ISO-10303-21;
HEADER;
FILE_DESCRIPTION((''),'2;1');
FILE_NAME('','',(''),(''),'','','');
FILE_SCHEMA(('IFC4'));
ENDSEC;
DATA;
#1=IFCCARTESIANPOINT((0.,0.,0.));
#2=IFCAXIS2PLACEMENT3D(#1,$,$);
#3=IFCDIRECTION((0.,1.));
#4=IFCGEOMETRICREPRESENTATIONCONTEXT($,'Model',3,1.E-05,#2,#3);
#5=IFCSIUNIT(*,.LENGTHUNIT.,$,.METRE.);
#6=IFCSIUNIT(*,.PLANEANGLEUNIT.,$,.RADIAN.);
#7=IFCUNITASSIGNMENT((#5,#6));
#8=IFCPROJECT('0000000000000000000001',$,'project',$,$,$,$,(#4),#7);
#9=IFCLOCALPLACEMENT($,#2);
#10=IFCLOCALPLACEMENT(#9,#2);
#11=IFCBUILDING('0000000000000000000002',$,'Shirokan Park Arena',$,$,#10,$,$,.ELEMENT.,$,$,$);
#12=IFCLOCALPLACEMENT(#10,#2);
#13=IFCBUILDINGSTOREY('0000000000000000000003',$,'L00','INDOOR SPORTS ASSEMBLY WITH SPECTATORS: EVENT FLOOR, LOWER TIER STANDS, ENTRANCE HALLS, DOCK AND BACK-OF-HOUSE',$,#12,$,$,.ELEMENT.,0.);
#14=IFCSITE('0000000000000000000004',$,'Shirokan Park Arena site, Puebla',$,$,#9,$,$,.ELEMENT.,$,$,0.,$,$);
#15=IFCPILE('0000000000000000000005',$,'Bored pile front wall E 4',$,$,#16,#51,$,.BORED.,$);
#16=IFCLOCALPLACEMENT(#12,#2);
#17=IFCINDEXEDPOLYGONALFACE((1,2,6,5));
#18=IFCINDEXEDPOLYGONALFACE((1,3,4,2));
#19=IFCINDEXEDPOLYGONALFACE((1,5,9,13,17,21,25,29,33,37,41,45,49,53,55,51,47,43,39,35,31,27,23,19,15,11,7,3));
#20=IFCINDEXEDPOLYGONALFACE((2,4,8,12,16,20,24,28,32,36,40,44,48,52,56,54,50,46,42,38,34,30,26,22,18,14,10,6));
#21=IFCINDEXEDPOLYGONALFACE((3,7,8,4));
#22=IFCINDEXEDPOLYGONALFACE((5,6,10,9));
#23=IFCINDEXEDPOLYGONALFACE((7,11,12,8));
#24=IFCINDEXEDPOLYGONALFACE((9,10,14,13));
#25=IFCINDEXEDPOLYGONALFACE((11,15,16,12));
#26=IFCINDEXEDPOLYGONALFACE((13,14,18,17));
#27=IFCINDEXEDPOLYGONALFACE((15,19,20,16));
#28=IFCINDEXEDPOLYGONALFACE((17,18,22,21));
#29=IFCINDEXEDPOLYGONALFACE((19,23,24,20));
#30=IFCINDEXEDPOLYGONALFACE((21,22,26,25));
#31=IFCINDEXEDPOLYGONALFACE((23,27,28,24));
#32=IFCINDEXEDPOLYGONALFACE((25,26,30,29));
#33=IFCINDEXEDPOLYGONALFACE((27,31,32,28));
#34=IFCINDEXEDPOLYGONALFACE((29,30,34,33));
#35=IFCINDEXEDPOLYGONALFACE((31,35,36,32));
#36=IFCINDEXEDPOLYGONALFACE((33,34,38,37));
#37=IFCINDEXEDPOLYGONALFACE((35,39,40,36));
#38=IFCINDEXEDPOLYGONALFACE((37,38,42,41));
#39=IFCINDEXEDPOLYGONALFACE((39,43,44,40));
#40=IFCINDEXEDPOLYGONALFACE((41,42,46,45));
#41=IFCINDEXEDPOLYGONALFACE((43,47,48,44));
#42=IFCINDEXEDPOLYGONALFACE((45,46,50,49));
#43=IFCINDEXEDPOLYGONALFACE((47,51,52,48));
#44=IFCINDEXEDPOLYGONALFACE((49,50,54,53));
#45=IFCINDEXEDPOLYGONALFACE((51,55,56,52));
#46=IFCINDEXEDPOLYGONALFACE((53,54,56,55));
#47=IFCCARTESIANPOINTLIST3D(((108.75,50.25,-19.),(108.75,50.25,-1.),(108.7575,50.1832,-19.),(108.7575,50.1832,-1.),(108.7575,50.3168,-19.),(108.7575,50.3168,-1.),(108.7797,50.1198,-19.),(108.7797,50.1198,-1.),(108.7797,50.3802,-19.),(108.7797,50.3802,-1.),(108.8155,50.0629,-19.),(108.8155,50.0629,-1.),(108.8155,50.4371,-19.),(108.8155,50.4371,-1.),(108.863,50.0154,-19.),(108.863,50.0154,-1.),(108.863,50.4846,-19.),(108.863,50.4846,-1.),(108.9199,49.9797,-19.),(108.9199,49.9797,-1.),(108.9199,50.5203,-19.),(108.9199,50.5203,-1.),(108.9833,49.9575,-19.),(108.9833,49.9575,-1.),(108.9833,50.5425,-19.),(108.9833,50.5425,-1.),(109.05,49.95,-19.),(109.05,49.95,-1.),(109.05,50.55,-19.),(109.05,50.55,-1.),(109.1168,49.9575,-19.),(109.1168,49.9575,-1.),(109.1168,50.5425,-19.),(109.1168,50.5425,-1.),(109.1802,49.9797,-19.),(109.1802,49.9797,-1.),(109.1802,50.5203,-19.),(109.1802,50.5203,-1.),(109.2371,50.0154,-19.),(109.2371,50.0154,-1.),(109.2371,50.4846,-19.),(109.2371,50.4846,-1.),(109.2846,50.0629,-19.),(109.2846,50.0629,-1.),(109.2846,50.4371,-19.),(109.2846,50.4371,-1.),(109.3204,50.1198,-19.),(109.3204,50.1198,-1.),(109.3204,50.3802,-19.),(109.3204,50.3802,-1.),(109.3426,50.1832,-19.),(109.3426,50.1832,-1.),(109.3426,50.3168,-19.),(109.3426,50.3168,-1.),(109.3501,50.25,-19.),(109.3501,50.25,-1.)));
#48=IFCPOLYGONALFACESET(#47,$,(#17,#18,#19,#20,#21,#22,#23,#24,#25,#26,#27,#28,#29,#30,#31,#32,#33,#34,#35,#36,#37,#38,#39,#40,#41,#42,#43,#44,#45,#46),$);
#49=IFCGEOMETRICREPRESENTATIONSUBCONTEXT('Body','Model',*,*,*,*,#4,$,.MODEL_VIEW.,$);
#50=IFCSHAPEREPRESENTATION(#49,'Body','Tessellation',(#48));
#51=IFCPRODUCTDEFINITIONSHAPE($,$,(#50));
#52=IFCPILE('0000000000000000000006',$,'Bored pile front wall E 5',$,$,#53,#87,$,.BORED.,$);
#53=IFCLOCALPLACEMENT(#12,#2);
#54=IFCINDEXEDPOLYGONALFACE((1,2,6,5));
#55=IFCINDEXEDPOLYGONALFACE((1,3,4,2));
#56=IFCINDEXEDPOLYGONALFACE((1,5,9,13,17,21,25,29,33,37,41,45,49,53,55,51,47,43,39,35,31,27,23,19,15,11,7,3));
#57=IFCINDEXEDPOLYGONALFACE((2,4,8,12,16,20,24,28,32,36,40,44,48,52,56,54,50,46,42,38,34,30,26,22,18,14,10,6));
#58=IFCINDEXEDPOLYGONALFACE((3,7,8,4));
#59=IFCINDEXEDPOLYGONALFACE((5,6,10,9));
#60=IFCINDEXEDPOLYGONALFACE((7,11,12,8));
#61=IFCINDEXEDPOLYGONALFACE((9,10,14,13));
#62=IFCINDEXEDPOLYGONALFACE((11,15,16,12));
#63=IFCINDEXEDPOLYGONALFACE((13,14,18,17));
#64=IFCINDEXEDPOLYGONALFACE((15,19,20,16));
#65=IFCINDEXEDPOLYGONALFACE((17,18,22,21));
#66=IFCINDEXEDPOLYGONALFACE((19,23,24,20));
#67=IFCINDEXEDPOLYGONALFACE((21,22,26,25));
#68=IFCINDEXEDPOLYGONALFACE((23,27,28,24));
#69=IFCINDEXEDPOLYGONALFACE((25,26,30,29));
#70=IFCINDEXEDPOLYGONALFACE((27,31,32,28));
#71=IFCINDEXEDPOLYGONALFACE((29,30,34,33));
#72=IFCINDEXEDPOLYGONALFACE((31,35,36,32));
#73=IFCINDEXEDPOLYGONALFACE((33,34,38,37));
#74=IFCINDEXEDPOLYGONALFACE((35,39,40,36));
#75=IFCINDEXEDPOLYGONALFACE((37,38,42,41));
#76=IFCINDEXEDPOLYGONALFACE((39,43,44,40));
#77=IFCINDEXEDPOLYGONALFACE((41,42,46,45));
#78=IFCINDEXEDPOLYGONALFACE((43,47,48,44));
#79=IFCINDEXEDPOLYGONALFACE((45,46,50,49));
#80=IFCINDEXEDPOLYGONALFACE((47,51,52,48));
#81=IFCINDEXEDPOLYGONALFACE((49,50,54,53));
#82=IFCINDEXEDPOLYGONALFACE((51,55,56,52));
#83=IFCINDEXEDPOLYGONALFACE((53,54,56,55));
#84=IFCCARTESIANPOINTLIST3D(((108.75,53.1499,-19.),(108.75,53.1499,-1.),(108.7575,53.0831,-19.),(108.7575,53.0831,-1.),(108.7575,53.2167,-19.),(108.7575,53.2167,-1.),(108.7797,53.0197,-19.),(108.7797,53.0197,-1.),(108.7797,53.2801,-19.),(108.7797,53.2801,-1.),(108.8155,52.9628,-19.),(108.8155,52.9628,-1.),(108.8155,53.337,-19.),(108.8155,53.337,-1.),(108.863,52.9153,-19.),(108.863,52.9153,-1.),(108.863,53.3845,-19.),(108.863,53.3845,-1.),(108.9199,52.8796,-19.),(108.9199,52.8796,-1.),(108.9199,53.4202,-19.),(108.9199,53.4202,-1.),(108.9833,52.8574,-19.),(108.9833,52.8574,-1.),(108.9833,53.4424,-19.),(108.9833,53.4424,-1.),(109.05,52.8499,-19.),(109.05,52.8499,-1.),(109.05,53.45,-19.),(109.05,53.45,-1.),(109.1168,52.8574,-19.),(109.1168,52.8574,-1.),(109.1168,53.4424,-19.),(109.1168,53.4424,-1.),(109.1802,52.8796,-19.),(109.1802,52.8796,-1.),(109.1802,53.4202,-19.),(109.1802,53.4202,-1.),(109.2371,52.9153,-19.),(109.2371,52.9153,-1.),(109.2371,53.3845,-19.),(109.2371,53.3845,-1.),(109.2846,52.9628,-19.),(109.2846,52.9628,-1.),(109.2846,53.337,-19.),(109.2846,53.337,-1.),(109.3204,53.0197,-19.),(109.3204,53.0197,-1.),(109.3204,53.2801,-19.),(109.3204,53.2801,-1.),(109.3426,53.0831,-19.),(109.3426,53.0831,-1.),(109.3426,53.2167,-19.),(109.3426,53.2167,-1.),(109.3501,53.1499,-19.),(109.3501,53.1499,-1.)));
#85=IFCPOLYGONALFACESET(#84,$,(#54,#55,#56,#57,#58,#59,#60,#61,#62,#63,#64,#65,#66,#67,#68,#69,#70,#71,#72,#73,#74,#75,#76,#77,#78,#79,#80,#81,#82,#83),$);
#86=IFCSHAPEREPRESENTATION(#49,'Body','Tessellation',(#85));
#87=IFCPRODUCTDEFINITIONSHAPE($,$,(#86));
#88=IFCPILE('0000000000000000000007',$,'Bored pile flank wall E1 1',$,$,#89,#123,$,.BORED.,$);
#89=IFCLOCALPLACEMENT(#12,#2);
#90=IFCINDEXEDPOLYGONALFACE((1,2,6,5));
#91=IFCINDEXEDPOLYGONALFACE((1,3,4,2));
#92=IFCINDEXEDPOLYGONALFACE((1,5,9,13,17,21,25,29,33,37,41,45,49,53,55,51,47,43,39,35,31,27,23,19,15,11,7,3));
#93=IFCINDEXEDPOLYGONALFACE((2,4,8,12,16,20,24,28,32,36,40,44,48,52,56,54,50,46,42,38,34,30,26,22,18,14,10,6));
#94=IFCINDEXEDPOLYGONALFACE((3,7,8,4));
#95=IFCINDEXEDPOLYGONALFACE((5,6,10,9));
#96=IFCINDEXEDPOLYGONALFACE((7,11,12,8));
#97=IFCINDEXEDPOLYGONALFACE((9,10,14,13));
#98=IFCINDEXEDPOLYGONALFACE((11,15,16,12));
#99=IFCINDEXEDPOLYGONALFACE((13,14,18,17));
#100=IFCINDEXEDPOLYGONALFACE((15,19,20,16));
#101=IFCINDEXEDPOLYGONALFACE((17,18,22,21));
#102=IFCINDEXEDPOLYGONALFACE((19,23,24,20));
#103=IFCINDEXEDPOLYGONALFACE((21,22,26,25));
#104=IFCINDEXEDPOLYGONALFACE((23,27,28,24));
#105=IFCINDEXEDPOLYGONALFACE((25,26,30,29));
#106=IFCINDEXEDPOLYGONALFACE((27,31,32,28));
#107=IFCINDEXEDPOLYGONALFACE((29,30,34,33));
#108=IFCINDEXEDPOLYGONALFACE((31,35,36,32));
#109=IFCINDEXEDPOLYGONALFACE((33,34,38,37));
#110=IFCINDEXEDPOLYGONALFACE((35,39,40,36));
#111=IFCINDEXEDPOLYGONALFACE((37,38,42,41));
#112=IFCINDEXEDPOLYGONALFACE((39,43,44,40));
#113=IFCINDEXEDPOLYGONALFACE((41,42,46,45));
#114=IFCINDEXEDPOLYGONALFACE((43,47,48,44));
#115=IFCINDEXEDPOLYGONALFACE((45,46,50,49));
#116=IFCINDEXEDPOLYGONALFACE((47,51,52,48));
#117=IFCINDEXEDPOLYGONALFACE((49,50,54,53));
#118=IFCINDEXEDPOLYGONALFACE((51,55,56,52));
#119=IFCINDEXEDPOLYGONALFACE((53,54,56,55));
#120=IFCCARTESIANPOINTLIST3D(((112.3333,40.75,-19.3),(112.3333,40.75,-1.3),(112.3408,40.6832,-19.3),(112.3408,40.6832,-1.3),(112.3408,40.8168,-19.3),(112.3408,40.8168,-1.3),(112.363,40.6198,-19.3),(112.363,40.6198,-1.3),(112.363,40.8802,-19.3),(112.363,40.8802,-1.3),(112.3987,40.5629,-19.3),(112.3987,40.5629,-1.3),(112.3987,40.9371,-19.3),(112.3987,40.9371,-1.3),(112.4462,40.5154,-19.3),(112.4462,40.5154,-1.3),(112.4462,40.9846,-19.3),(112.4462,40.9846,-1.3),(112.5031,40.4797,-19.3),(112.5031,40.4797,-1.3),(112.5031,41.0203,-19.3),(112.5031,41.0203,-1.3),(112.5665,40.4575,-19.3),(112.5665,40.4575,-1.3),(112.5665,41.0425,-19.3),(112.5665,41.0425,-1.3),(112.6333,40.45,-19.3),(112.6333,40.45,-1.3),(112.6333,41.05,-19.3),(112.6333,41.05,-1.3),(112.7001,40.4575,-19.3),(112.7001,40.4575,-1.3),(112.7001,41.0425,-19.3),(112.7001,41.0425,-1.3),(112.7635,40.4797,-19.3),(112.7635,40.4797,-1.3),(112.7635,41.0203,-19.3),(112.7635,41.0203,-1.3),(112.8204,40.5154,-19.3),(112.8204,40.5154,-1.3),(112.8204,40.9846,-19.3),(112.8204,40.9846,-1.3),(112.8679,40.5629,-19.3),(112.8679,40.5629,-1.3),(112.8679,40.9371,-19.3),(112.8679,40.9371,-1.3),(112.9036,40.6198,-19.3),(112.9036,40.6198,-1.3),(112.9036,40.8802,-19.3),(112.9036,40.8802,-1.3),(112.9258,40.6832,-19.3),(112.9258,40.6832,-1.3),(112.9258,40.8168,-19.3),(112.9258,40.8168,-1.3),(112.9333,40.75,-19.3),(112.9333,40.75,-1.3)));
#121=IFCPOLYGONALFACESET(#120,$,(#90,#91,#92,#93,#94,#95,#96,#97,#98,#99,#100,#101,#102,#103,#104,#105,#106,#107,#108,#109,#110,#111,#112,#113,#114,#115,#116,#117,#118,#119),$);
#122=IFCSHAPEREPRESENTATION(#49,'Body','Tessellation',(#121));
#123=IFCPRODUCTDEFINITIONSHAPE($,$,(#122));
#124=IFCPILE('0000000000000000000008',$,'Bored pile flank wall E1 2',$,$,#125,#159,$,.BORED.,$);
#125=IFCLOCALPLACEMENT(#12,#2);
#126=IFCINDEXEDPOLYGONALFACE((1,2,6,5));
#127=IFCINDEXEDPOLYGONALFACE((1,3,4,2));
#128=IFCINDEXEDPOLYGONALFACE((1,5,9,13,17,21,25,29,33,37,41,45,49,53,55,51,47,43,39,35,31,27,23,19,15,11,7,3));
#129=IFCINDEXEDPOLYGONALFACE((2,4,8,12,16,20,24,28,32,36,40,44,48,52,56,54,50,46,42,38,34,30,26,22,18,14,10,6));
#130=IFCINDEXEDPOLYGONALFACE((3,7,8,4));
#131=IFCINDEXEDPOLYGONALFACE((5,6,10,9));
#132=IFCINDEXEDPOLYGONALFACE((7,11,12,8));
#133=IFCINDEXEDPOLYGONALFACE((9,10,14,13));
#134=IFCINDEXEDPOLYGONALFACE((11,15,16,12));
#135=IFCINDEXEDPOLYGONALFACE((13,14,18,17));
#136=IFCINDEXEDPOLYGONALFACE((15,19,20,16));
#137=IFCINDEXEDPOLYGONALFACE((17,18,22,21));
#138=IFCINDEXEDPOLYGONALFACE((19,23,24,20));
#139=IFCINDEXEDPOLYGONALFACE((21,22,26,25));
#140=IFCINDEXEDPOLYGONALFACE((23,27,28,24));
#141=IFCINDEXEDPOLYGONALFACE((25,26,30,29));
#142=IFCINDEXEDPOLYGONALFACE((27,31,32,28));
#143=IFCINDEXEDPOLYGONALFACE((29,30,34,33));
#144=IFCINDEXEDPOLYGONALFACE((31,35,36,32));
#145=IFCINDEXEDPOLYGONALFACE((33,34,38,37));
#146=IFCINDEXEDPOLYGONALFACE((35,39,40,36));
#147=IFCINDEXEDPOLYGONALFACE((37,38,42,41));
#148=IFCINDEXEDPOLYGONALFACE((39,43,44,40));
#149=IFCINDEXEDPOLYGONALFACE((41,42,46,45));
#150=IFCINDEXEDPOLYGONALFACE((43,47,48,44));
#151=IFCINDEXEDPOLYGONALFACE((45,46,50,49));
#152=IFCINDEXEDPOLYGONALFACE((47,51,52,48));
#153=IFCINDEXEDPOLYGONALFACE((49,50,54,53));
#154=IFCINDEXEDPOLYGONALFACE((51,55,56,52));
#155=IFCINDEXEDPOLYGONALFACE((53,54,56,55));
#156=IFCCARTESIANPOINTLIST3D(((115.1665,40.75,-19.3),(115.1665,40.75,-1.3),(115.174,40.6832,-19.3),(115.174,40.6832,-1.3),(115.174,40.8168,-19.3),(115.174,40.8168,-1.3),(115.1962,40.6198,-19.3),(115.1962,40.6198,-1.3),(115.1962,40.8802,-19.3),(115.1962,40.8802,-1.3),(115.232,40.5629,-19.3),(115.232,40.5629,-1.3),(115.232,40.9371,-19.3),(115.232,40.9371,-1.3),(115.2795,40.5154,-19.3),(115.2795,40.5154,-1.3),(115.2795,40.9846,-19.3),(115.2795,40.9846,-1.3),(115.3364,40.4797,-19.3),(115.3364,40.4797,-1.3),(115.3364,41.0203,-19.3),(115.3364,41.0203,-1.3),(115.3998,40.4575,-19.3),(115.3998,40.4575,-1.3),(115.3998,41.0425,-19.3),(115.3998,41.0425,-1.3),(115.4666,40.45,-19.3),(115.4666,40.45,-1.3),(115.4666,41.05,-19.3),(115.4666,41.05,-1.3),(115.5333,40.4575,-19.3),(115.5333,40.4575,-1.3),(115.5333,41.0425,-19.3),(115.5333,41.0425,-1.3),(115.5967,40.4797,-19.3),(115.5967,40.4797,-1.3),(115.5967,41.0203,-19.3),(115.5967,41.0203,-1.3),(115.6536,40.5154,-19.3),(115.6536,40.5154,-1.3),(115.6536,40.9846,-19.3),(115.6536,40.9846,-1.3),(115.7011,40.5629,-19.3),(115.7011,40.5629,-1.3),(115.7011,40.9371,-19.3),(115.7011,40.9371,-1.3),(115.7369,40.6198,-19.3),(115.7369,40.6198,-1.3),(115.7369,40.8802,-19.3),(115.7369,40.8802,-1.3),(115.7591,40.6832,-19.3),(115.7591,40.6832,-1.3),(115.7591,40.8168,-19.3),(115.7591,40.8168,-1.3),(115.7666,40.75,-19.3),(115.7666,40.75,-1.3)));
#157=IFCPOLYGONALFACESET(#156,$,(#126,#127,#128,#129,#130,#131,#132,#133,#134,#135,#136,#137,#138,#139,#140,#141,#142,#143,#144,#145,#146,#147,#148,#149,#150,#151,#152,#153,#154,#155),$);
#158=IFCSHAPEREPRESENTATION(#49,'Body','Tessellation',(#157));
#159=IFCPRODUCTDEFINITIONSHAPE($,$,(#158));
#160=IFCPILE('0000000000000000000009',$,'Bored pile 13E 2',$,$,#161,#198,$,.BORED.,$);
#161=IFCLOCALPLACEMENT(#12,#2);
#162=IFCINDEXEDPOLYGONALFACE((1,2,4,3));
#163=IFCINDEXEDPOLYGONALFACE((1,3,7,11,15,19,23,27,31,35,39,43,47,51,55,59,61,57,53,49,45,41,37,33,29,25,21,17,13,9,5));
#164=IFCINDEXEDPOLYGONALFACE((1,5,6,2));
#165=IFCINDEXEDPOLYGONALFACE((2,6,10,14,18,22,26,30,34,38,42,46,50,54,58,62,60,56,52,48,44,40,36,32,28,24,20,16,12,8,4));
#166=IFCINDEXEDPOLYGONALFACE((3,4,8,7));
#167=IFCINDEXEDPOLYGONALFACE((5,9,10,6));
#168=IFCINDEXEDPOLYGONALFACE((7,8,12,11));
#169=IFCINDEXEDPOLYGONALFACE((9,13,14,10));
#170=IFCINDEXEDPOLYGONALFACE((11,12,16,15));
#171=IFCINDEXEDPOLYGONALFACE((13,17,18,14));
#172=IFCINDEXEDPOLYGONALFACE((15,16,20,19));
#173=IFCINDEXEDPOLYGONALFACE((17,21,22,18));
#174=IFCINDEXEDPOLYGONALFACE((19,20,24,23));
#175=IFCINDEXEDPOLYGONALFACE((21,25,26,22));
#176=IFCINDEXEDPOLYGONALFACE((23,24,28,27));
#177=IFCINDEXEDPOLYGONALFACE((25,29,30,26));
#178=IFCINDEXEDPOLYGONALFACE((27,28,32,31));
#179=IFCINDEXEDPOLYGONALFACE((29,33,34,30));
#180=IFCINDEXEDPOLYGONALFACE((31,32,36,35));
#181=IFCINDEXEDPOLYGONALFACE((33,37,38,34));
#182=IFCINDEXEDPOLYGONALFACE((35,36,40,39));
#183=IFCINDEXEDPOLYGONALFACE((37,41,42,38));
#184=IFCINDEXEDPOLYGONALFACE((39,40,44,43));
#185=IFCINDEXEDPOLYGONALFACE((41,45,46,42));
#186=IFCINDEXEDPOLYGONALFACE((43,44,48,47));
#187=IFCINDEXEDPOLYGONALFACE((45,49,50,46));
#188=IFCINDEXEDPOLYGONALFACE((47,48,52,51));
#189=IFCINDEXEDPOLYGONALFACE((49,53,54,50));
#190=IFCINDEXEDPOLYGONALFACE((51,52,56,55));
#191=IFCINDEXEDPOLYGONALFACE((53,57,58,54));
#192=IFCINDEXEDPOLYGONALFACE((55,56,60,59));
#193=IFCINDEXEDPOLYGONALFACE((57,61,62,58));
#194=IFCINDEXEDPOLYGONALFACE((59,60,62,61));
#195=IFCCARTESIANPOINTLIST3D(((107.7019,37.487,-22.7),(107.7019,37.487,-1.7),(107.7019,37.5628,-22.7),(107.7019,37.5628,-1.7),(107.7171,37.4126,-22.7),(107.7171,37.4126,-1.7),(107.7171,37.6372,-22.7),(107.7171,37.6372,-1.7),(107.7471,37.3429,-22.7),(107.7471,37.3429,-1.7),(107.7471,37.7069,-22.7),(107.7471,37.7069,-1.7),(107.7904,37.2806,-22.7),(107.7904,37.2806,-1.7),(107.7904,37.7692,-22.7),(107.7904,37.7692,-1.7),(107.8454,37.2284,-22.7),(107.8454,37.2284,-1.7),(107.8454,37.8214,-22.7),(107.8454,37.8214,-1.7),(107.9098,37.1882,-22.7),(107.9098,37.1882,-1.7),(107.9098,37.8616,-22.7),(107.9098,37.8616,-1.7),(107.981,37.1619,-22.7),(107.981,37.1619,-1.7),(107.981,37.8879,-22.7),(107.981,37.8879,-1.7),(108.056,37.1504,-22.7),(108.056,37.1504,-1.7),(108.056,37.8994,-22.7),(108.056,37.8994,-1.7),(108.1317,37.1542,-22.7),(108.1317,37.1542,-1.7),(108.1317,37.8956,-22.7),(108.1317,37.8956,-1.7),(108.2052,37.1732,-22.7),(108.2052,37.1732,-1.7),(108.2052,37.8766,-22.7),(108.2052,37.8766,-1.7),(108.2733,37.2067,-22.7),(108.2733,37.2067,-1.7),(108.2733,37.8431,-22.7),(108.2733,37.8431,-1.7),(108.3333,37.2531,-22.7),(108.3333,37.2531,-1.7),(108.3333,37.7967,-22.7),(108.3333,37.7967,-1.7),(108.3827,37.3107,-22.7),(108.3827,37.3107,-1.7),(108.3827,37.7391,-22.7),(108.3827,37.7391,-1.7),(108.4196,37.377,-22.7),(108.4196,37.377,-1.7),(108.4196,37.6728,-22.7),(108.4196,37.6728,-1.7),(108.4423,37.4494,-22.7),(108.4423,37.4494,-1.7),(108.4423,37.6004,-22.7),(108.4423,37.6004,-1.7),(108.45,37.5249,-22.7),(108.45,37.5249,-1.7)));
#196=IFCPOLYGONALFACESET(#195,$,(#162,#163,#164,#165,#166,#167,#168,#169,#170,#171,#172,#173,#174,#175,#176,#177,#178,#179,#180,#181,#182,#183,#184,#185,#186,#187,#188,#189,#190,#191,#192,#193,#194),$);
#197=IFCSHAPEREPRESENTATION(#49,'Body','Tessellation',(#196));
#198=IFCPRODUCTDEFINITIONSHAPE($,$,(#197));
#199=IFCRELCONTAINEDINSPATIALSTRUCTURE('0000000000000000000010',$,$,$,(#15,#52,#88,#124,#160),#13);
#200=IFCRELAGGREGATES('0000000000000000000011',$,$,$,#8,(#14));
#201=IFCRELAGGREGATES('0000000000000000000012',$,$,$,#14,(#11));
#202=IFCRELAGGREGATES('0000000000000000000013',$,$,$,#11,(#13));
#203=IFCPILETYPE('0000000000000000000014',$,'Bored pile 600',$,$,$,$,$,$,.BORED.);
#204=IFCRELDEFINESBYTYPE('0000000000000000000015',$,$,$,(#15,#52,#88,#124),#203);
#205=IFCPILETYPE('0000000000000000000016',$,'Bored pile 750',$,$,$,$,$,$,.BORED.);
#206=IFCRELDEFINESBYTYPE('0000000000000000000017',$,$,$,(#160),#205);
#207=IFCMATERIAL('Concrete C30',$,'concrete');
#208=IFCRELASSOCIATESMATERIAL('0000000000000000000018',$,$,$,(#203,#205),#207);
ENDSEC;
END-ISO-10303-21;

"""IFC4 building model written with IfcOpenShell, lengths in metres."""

from ifc_helpers import new_model, si_unit, direction, frame, origin, origin_2d, place, context, subcontext, project, spatial, circle, extrude, material, material_profile, profile_set, type_object, element, save


model = new_model("IFC4")

# Units and contexts
model_context = context("Model", 3, precision=1e-05, world=origin(), true_north=direction((0.0, 1.0)))
body_context = subcontext(model_context, "Body", "Model", "MODEL_VIEW")
ifc_project = project(units=[si_unit("LENGTHUNIT", "METRE"), si_unit("PLANEANGLEUNIT", "RADIAN")], contexts=[model_context])

# Site, building, storey
site_placement = place(None, origin())
site = spatial("IfcSite", under=ifc_project, at=site_placement, Name="Shirokan Park Arena site, Puebla", CompositionType="ELEMENT", RefElevation=0.0)
building_placement = place(site_placement, origin())
building = spatial("IfcBuilding", under=site, at=building_placement, Name="Shirokan Park Arena", CompositionType="ELEMENT")
storey_placement = place(building_placement, origin())
storey = spatial("IfcBuildingStorey", under=building, at=storey_placement, Name="L00", Description="INDOOR SPORTS ASSEMBLY WITH SPECTATORS: EVENT FLOOR, LOWER TIER STANDS, ENTRANCE HALLS, DOCK AND BACK-OF-HOUSE", CompositionType="ELEMENT", Elevation=0.0)

# Piles
ifc_material_1 = material(Name="Concrete C30", Category="concrete")
ifc_material_profile_1 = material_profile(ifc_material_1, circle(Radius=0.3, at=origin_2d()), Name="D600")
ifc_profile_set_1 = profile_set([ifc_material_profile_1], Name="Concrete C30")
pile_type_1 = type_object("IfcPileType", Name="Bored pile 600", PredefinedType="BORED", material=ifc_profile_set_1)
for number, where, z_axis, x_axis, name in (
    (1, (109.05, 50.25, -1.0), (0.0, 0.0, -1.0), (1.0, 0.0, 0.0), "Bored pile front wall E 4"),
    (2, (109.05, 53.1499, -1.0), (0.0, 0.0, -1.0), (1.0, 0.0, 0.0), "Bored pile front wall E 5"),
    (3, (112.6333, 40.75, -1.3), (0.0, 0.0, -1.0), (1.0, 0.0, 0.0), "Bored pile flank wall E1 1"),
    (4, (115.4666, 40.75, -1.3), (0.0, 0.0, -1.0), (1.0, 0.0, 0.0), "Bored pile flank wall E1 2"),
):
    element("IfcPile", number, at=place(storey_placement, frame(where, z_axis=z_axis, x_axis=x_axis)), inside=storey, type_object=pile_type_1, Name=name, PredefinedType="BORED", context=body_context, shape_type="SweptSolid", body=[
        extrude(circle(Radius=0.3, at=origin_2d()), origin(), (0.0, 0.0, 1.0), 18.0),
    ])
ifc_material_profile_2 = material_profile(ifc_material_1, circle(Radius=0.375, at=origin_2d()), Name="D750")
ifc_profile_set_2 = profile_set([ifc_material_profile_2], Name="Concrete C30")
pile_type_2 = type_object("IfcPileType", Name="Bored pile 750", PredefinedType="BORED", material=ifc_profile_set_2)
for number, where, z_axis, x_axis, name in (
    (5, (108.075, 37.5249, -1.7), (0.0, 0.0, -1.0), (1.0, 0.0, 0.0), "Bored pile 13E 2"),
):
    element("IfcPile", number, at=place(storey_placement, frame(where, z_axis=z_axis, x_axis=x_axis)), inside=storey, type_object=pile_type_2, Name=name, PredefinedType="BORED", context=body_context, shape_type="SweptSolid", body=[
        extrude(circle(Radius=0.375, at=origin_2d()), origin(), (0.0, 0.0, 1.0), 21.0),
    ])

save(model, "model.ifc")
